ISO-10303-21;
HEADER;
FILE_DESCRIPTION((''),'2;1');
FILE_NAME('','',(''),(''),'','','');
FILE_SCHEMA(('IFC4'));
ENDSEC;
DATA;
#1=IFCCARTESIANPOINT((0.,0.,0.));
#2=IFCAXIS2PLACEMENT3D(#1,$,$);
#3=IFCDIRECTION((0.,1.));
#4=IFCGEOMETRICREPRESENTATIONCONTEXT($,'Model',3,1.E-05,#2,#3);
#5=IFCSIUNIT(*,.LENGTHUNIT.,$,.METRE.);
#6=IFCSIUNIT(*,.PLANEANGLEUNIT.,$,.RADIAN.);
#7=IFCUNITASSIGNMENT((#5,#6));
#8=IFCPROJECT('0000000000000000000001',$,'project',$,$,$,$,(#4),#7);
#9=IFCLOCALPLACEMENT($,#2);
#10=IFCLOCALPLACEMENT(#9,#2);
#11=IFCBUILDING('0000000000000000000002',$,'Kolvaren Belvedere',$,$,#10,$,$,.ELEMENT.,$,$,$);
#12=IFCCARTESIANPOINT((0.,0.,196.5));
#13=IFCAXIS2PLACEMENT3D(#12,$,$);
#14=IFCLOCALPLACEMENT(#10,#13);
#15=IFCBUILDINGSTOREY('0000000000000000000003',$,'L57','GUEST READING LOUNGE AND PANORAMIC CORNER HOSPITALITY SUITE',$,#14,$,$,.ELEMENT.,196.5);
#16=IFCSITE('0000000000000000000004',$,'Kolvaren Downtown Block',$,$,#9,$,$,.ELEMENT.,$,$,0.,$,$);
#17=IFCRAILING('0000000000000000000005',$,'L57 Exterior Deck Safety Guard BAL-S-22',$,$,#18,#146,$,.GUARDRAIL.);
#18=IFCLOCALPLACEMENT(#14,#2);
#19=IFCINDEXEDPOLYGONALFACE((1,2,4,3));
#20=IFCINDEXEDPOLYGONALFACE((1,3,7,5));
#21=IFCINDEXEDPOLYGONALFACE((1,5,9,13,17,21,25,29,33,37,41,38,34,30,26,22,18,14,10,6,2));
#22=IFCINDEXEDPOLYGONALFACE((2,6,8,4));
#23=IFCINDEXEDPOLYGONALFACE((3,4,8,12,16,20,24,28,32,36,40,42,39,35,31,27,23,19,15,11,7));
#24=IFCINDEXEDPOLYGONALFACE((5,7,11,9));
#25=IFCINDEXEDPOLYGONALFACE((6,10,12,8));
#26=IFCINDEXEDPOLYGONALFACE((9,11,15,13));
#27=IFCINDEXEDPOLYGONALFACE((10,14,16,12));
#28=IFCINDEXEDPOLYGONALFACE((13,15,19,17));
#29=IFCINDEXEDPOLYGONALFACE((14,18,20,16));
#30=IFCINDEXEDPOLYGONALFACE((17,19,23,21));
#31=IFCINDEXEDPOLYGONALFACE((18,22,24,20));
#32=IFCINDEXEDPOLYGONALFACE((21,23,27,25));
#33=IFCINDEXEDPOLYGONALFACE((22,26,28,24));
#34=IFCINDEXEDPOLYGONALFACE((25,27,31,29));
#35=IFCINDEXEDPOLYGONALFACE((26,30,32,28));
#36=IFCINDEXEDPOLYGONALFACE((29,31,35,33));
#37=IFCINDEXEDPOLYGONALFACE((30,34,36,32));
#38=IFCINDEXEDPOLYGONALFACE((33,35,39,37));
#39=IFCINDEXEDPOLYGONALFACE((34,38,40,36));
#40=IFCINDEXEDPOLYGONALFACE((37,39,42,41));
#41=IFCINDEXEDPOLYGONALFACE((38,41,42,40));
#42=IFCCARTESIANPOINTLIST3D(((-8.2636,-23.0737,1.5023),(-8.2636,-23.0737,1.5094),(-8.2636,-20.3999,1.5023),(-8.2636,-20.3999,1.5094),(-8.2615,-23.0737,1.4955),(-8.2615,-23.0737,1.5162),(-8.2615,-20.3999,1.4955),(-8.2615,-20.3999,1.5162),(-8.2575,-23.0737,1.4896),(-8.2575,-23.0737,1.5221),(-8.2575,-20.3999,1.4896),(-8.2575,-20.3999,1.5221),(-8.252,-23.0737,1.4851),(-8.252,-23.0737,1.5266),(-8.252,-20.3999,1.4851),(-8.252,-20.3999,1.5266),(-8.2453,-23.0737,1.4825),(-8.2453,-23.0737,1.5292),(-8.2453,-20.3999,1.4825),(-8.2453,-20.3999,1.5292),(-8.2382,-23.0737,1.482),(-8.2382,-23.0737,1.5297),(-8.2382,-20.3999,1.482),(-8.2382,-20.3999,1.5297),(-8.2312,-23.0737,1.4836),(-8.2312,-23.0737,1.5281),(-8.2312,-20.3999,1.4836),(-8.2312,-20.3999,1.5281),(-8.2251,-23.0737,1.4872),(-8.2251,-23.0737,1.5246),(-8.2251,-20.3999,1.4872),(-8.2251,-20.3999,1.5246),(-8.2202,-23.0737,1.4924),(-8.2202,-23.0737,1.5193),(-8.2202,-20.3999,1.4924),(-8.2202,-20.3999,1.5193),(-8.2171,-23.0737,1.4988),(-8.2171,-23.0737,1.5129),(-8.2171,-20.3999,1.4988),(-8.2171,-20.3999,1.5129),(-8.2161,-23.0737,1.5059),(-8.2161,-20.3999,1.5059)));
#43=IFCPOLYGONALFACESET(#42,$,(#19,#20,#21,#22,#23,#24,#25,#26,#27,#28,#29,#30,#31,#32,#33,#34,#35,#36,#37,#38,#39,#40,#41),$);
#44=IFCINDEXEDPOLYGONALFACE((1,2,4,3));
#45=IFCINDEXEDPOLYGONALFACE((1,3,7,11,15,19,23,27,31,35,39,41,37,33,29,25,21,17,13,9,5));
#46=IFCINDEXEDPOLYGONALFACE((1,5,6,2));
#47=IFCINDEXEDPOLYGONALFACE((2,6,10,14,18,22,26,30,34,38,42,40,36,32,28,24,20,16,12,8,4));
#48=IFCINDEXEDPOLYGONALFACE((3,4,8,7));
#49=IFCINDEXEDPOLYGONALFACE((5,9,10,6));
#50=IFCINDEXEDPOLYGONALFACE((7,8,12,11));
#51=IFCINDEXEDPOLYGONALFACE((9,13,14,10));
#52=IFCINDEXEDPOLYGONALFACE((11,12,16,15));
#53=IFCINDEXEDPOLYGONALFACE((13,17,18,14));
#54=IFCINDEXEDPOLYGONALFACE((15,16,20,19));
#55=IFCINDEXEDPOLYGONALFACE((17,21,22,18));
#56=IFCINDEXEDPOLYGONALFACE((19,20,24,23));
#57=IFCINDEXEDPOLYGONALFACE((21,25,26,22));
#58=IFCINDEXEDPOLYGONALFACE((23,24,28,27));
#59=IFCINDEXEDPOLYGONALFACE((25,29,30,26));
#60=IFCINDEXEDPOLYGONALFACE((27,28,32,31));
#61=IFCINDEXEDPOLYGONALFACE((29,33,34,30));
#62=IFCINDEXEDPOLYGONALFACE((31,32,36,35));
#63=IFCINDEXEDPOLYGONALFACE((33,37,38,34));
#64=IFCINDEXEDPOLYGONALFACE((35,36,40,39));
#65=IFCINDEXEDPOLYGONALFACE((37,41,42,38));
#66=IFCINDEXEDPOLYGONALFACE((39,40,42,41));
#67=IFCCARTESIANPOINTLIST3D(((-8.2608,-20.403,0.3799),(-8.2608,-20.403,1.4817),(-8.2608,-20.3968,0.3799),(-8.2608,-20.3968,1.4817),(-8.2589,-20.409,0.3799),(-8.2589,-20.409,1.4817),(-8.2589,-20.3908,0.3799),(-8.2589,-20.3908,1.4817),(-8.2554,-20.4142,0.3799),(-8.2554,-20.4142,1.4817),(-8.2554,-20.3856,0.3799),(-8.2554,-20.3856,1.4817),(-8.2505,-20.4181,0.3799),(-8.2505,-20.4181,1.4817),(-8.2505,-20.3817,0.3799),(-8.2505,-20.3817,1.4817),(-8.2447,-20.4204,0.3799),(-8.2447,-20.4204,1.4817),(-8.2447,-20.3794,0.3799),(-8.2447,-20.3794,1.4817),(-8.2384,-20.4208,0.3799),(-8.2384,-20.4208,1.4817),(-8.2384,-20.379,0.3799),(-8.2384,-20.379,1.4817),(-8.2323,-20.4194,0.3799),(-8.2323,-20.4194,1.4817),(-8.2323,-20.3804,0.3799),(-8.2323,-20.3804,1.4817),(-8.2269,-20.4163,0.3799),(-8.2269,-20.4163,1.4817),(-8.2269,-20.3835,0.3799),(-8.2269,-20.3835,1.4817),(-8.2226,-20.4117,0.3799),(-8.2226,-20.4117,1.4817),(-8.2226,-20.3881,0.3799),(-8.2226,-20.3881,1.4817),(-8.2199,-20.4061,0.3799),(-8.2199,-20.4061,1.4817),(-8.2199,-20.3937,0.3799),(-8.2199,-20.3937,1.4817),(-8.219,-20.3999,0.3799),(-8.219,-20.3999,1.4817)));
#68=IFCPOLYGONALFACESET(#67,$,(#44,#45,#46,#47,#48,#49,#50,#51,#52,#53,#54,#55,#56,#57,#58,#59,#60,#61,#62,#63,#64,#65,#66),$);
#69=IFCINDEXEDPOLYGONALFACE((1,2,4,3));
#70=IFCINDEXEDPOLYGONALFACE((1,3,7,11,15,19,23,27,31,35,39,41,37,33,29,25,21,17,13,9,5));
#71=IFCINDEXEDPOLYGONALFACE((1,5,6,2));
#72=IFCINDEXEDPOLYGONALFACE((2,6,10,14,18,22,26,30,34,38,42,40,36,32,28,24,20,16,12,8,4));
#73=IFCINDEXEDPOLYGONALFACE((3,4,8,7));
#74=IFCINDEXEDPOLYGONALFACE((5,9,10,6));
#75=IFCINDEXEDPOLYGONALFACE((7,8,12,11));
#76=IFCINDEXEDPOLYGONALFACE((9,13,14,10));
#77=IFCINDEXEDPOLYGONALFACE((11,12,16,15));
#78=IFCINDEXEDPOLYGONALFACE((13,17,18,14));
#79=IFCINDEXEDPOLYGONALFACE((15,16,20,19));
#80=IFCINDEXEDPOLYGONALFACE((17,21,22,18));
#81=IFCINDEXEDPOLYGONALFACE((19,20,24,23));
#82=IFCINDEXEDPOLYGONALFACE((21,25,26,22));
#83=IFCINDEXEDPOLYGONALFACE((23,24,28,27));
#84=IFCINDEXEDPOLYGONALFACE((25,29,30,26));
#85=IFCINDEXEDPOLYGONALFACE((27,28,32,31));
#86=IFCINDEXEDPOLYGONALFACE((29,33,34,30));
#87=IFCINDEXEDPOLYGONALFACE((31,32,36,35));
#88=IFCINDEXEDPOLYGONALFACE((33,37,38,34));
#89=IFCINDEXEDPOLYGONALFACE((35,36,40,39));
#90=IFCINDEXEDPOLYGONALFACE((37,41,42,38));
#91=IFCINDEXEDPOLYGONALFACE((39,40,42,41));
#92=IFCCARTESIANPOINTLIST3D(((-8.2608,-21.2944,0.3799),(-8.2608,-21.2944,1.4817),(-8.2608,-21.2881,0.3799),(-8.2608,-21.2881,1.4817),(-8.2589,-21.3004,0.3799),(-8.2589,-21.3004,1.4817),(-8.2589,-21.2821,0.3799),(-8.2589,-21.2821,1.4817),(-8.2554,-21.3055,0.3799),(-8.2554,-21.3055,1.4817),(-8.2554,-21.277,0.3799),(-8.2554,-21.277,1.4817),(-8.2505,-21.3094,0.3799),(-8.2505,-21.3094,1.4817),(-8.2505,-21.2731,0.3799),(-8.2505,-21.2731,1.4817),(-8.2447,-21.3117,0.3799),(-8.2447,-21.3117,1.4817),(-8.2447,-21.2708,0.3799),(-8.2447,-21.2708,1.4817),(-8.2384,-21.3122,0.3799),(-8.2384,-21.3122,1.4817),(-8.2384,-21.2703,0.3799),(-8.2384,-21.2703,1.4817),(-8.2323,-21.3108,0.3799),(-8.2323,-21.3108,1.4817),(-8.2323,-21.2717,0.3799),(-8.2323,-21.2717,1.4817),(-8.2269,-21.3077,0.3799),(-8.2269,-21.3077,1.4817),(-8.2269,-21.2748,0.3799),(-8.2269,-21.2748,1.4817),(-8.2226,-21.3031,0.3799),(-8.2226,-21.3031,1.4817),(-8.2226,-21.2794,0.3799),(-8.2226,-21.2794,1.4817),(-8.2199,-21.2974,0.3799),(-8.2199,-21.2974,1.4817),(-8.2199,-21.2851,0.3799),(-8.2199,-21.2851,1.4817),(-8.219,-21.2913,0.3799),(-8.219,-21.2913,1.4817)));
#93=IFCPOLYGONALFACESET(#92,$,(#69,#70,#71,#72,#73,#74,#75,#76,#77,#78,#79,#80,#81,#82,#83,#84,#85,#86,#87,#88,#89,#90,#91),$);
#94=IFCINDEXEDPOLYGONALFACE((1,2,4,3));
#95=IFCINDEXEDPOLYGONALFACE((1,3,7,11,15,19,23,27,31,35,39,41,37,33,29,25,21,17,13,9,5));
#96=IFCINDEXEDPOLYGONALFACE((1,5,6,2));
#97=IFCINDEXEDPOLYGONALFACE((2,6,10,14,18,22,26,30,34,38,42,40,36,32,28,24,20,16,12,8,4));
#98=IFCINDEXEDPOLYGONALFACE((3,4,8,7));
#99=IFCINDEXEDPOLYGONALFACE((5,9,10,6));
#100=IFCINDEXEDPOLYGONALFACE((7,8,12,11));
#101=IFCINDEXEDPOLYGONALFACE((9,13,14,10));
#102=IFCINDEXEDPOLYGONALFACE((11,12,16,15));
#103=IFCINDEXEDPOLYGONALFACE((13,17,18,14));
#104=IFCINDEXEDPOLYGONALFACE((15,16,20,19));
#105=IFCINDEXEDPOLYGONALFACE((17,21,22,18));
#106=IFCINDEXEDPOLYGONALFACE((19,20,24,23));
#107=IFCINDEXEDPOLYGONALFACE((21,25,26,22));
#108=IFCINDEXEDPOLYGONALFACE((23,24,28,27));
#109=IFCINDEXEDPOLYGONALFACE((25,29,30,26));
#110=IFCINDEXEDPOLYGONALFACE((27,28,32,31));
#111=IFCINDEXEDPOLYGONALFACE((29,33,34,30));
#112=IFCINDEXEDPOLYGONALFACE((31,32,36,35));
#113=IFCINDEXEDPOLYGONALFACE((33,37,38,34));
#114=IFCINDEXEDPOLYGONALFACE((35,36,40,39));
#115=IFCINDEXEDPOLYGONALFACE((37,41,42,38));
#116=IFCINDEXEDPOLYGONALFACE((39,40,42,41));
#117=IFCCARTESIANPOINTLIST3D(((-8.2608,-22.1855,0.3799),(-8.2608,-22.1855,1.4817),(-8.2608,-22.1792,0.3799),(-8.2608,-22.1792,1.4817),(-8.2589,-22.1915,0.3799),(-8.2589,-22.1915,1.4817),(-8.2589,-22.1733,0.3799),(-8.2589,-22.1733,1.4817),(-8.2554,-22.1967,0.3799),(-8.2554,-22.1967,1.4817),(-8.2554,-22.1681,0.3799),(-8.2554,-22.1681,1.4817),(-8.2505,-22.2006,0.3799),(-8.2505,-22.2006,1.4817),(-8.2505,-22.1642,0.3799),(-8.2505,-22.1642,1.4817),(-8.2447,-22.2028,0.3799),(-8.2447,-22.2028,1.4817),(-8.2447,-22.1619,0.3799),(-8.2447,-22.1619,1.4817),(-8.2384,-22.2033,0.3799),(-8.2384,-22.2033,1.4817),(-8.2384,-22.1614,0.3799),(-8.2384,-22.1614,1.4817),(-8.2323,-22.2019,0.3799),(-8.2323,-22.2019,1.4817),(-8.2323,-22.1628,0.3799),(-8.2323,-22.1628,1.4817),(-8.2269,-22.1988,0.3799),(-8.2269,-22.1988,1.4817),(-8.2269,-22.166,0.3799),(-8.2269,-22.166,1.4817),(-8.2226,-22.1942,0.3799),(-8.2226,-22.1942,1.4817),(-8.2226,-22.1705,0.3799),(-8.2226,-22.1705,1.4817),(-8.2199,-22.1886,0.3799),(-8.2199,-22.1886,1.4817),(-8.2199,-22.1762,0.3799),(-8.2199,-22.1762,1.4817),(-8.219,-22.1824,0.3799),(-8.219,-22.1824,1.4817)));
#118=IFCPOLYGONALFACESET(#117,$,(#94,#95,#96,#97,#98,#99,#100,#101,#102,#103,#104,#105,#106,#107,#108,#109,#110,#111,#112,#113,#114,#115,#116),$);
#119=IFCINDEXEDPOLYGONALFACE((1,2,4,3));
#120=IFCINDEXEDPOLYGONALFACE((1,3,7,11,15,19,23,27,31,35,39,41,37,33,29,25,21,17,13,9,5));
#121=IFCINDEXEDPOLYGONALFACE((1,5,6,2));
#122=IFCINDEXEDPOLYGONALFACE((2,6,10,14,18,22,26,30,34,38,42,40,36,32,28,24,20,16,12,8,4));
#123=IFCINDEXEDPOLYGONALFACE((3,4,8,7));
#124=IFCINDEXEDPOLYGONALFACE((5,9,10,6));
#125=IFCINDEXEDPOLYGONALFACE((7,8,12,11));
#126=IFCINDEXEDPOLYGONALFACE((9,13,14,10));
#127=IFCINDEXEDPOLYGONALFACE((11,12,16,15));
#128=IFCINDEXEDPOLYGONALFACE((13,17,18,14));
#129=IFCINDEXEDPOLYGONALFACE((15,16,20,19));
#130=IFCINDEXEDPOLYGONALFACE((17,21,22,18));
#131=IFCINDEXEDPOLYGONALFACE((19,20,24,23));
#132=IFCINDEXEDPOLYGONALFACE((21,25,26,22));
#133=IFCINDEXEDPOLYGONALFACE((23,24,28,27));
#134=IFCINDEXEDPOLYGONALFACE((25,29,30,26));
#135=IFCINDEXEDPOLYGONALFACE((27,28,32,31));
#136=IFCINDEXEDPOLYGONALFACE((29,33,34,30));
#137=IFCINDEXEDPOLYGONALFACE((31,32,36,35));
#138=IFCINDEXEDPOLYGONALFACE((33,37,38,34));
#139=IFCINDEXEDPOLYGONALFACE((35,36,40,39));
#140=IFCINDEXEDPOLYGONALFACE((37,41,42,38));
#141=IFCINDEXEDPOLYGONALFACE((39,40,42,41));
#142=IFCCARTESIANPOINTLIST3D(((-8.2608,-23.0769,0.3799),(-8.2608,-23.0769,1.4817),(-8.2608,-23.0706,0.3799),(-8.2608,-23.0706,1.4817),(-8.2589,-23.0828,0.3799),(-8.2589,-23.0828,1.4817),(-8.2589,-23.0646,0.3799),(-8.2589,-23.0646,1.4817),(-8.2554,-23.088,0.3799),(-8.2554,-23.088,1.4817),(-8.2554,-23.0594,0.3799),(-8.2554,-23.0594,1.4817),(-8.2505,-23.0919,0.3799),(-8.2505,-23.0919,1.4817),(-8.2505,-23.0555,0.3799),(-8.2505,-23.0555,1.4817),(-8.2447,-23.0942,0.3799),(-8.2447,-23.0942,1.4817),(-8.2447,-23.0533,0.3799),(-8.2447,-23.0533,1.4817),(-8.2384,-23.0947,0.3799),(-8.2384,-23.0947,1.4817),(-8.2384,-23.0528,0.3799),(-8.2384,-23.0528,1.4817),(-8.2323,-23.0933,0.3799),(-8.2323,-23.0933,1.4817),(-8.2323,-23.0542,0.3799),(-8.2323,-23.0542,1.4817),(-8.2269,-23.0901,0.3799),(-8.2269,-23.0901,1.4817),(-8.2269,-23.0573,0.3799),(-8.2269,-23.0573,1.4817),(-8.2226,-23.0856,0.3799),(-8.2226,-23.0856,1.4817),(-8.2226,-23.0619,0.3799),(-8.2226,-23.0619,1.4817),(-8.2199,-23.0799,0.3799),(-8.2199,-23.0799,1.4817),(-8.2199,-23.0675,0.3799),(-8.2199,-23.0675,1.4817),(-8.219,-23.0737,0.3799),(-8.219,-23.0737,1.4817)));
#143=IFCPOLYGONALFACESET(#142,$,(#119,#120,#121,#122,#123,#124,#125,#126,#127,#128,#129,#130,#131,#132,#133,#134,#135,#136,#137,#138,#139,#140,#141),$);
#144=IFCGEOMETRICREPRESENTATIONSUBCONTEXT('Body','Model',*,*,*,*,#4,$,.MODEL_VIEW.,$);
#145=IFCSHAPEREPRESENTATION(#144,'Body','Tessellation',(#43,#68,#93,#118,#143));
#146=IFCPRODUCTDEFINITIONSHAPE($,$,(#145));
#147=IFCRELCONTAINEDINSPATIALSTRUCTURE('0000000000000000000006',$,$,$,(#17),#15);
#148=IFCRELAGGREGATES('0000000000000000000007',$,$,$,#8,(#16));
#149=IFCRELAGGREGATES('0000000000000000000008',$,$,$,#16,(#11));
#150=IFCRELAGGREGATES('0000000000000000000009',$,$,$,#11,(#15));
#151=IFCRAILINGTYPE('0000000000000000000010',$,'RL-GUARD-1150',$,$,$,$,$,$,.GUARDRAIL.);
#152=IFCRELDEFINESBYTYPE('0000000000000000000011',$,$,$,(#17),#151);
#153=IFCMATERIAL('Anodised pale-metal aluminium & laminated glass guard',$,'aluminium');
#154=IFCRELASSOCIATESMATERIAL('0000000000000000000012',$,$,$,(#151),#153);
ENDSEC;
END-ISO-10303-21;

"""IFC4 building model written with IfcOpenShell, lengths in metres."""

from ifc_helpers import new_model, si_unit, direction, frame, origin, origin_2d, place, context, subcontext, project, spatial, circle, extrude, material, type_object, element, save


model = new_model("IFC4")

# Units and contexts
model_context = context("Model", 3, precision=1e-05, world=origin(), true_north=direction((0.0, 1.0)))
body_context = subcontext(model_context, "Body", "Model", "MODEL_VIEW")
ifc_project = project(units=[si_unit("LENGTHUNIT", "METRE"), si_unit("PLANEANGLEUNIT", "RADIAN")], contexts=[model_context])

# Site, building, storey
site_placement = place(None, origin())
site = spatial("IfcSite", under=ifc_project, at=site_placement, Name="Kolvaren Downtown Block", CompositionType="ELEMENT", RefElevation=0.0)
building_placement = place(site_placement, origin())
building = spatial("IfcBuilding", under=site, at=building_placement, Name="Kolvaren Belvedere", CompositionType="ELEMENT")
storey_placement = place(building_placement, frame((0.0, 0.0, 196.5)))
storey = spatial("IfcBuildingStorey", under=building, at=storey_placement, Name="L57", Description="GUEST READING LOUNGE AND PANORAMIC CORNER HOSPITALITY SUITE", CompositionType="ELEMENT", Elevation=196.5)

# Railing
ifc_material_1 = material(Name="Anodised pale-metal aluminium & laminated glass guard", Category="aluminium")
railing_type = type_object("IfcRailingType", Name="RL-GUARD-1150", PredefinedType="GUARDRAIL", material=ifc_material_1)
railing_1_placement = place(storey_placement, frame((-8.24, -20.3999, 0.3799)))
element("IfcRailing", 1, at=railing_1_placement, inside=storey, type_object=railing_type, Name="L57 Exterior Deck Safety Guard BAL-S-22", PredefinedType="GUARDRAIL", context=body_context, shape_type="SweptSolid", body=[
    extrude(circle(Radius=0.0239, at=origin_2d()), frame((0.0, 0.0, 1.126), z_axis=(0.0, -1.0, 0.0), x_axis=(1.0, 0.0, 0.0)), (0.0, 0.0, 1.0), 2.6738),
    extrude(circle(Radius=0.021, at=origin_2d()), origin(), (0.0, 0.0, 1.0), 1.1018),
    extrude(circle(Radius=0.021, at=origin_2d()), frame((0.0, -0.8914, 0.0)), (0.0, 0.0, 1.0), 1.1018),
    extrude(circle(Radius=0.021, at=origin_2d()), frame((0.0, -1.7825, 0.0)), (0.0, 0.0, 1.0), 1.1018),
    extrude(circle(Radius=0.021, at=origin_2d()), frame((0.0, -2.6738, 0.0)), (0.0, 0.0, 1.0), 1.1018),
])

save(model, "model.ifc")
